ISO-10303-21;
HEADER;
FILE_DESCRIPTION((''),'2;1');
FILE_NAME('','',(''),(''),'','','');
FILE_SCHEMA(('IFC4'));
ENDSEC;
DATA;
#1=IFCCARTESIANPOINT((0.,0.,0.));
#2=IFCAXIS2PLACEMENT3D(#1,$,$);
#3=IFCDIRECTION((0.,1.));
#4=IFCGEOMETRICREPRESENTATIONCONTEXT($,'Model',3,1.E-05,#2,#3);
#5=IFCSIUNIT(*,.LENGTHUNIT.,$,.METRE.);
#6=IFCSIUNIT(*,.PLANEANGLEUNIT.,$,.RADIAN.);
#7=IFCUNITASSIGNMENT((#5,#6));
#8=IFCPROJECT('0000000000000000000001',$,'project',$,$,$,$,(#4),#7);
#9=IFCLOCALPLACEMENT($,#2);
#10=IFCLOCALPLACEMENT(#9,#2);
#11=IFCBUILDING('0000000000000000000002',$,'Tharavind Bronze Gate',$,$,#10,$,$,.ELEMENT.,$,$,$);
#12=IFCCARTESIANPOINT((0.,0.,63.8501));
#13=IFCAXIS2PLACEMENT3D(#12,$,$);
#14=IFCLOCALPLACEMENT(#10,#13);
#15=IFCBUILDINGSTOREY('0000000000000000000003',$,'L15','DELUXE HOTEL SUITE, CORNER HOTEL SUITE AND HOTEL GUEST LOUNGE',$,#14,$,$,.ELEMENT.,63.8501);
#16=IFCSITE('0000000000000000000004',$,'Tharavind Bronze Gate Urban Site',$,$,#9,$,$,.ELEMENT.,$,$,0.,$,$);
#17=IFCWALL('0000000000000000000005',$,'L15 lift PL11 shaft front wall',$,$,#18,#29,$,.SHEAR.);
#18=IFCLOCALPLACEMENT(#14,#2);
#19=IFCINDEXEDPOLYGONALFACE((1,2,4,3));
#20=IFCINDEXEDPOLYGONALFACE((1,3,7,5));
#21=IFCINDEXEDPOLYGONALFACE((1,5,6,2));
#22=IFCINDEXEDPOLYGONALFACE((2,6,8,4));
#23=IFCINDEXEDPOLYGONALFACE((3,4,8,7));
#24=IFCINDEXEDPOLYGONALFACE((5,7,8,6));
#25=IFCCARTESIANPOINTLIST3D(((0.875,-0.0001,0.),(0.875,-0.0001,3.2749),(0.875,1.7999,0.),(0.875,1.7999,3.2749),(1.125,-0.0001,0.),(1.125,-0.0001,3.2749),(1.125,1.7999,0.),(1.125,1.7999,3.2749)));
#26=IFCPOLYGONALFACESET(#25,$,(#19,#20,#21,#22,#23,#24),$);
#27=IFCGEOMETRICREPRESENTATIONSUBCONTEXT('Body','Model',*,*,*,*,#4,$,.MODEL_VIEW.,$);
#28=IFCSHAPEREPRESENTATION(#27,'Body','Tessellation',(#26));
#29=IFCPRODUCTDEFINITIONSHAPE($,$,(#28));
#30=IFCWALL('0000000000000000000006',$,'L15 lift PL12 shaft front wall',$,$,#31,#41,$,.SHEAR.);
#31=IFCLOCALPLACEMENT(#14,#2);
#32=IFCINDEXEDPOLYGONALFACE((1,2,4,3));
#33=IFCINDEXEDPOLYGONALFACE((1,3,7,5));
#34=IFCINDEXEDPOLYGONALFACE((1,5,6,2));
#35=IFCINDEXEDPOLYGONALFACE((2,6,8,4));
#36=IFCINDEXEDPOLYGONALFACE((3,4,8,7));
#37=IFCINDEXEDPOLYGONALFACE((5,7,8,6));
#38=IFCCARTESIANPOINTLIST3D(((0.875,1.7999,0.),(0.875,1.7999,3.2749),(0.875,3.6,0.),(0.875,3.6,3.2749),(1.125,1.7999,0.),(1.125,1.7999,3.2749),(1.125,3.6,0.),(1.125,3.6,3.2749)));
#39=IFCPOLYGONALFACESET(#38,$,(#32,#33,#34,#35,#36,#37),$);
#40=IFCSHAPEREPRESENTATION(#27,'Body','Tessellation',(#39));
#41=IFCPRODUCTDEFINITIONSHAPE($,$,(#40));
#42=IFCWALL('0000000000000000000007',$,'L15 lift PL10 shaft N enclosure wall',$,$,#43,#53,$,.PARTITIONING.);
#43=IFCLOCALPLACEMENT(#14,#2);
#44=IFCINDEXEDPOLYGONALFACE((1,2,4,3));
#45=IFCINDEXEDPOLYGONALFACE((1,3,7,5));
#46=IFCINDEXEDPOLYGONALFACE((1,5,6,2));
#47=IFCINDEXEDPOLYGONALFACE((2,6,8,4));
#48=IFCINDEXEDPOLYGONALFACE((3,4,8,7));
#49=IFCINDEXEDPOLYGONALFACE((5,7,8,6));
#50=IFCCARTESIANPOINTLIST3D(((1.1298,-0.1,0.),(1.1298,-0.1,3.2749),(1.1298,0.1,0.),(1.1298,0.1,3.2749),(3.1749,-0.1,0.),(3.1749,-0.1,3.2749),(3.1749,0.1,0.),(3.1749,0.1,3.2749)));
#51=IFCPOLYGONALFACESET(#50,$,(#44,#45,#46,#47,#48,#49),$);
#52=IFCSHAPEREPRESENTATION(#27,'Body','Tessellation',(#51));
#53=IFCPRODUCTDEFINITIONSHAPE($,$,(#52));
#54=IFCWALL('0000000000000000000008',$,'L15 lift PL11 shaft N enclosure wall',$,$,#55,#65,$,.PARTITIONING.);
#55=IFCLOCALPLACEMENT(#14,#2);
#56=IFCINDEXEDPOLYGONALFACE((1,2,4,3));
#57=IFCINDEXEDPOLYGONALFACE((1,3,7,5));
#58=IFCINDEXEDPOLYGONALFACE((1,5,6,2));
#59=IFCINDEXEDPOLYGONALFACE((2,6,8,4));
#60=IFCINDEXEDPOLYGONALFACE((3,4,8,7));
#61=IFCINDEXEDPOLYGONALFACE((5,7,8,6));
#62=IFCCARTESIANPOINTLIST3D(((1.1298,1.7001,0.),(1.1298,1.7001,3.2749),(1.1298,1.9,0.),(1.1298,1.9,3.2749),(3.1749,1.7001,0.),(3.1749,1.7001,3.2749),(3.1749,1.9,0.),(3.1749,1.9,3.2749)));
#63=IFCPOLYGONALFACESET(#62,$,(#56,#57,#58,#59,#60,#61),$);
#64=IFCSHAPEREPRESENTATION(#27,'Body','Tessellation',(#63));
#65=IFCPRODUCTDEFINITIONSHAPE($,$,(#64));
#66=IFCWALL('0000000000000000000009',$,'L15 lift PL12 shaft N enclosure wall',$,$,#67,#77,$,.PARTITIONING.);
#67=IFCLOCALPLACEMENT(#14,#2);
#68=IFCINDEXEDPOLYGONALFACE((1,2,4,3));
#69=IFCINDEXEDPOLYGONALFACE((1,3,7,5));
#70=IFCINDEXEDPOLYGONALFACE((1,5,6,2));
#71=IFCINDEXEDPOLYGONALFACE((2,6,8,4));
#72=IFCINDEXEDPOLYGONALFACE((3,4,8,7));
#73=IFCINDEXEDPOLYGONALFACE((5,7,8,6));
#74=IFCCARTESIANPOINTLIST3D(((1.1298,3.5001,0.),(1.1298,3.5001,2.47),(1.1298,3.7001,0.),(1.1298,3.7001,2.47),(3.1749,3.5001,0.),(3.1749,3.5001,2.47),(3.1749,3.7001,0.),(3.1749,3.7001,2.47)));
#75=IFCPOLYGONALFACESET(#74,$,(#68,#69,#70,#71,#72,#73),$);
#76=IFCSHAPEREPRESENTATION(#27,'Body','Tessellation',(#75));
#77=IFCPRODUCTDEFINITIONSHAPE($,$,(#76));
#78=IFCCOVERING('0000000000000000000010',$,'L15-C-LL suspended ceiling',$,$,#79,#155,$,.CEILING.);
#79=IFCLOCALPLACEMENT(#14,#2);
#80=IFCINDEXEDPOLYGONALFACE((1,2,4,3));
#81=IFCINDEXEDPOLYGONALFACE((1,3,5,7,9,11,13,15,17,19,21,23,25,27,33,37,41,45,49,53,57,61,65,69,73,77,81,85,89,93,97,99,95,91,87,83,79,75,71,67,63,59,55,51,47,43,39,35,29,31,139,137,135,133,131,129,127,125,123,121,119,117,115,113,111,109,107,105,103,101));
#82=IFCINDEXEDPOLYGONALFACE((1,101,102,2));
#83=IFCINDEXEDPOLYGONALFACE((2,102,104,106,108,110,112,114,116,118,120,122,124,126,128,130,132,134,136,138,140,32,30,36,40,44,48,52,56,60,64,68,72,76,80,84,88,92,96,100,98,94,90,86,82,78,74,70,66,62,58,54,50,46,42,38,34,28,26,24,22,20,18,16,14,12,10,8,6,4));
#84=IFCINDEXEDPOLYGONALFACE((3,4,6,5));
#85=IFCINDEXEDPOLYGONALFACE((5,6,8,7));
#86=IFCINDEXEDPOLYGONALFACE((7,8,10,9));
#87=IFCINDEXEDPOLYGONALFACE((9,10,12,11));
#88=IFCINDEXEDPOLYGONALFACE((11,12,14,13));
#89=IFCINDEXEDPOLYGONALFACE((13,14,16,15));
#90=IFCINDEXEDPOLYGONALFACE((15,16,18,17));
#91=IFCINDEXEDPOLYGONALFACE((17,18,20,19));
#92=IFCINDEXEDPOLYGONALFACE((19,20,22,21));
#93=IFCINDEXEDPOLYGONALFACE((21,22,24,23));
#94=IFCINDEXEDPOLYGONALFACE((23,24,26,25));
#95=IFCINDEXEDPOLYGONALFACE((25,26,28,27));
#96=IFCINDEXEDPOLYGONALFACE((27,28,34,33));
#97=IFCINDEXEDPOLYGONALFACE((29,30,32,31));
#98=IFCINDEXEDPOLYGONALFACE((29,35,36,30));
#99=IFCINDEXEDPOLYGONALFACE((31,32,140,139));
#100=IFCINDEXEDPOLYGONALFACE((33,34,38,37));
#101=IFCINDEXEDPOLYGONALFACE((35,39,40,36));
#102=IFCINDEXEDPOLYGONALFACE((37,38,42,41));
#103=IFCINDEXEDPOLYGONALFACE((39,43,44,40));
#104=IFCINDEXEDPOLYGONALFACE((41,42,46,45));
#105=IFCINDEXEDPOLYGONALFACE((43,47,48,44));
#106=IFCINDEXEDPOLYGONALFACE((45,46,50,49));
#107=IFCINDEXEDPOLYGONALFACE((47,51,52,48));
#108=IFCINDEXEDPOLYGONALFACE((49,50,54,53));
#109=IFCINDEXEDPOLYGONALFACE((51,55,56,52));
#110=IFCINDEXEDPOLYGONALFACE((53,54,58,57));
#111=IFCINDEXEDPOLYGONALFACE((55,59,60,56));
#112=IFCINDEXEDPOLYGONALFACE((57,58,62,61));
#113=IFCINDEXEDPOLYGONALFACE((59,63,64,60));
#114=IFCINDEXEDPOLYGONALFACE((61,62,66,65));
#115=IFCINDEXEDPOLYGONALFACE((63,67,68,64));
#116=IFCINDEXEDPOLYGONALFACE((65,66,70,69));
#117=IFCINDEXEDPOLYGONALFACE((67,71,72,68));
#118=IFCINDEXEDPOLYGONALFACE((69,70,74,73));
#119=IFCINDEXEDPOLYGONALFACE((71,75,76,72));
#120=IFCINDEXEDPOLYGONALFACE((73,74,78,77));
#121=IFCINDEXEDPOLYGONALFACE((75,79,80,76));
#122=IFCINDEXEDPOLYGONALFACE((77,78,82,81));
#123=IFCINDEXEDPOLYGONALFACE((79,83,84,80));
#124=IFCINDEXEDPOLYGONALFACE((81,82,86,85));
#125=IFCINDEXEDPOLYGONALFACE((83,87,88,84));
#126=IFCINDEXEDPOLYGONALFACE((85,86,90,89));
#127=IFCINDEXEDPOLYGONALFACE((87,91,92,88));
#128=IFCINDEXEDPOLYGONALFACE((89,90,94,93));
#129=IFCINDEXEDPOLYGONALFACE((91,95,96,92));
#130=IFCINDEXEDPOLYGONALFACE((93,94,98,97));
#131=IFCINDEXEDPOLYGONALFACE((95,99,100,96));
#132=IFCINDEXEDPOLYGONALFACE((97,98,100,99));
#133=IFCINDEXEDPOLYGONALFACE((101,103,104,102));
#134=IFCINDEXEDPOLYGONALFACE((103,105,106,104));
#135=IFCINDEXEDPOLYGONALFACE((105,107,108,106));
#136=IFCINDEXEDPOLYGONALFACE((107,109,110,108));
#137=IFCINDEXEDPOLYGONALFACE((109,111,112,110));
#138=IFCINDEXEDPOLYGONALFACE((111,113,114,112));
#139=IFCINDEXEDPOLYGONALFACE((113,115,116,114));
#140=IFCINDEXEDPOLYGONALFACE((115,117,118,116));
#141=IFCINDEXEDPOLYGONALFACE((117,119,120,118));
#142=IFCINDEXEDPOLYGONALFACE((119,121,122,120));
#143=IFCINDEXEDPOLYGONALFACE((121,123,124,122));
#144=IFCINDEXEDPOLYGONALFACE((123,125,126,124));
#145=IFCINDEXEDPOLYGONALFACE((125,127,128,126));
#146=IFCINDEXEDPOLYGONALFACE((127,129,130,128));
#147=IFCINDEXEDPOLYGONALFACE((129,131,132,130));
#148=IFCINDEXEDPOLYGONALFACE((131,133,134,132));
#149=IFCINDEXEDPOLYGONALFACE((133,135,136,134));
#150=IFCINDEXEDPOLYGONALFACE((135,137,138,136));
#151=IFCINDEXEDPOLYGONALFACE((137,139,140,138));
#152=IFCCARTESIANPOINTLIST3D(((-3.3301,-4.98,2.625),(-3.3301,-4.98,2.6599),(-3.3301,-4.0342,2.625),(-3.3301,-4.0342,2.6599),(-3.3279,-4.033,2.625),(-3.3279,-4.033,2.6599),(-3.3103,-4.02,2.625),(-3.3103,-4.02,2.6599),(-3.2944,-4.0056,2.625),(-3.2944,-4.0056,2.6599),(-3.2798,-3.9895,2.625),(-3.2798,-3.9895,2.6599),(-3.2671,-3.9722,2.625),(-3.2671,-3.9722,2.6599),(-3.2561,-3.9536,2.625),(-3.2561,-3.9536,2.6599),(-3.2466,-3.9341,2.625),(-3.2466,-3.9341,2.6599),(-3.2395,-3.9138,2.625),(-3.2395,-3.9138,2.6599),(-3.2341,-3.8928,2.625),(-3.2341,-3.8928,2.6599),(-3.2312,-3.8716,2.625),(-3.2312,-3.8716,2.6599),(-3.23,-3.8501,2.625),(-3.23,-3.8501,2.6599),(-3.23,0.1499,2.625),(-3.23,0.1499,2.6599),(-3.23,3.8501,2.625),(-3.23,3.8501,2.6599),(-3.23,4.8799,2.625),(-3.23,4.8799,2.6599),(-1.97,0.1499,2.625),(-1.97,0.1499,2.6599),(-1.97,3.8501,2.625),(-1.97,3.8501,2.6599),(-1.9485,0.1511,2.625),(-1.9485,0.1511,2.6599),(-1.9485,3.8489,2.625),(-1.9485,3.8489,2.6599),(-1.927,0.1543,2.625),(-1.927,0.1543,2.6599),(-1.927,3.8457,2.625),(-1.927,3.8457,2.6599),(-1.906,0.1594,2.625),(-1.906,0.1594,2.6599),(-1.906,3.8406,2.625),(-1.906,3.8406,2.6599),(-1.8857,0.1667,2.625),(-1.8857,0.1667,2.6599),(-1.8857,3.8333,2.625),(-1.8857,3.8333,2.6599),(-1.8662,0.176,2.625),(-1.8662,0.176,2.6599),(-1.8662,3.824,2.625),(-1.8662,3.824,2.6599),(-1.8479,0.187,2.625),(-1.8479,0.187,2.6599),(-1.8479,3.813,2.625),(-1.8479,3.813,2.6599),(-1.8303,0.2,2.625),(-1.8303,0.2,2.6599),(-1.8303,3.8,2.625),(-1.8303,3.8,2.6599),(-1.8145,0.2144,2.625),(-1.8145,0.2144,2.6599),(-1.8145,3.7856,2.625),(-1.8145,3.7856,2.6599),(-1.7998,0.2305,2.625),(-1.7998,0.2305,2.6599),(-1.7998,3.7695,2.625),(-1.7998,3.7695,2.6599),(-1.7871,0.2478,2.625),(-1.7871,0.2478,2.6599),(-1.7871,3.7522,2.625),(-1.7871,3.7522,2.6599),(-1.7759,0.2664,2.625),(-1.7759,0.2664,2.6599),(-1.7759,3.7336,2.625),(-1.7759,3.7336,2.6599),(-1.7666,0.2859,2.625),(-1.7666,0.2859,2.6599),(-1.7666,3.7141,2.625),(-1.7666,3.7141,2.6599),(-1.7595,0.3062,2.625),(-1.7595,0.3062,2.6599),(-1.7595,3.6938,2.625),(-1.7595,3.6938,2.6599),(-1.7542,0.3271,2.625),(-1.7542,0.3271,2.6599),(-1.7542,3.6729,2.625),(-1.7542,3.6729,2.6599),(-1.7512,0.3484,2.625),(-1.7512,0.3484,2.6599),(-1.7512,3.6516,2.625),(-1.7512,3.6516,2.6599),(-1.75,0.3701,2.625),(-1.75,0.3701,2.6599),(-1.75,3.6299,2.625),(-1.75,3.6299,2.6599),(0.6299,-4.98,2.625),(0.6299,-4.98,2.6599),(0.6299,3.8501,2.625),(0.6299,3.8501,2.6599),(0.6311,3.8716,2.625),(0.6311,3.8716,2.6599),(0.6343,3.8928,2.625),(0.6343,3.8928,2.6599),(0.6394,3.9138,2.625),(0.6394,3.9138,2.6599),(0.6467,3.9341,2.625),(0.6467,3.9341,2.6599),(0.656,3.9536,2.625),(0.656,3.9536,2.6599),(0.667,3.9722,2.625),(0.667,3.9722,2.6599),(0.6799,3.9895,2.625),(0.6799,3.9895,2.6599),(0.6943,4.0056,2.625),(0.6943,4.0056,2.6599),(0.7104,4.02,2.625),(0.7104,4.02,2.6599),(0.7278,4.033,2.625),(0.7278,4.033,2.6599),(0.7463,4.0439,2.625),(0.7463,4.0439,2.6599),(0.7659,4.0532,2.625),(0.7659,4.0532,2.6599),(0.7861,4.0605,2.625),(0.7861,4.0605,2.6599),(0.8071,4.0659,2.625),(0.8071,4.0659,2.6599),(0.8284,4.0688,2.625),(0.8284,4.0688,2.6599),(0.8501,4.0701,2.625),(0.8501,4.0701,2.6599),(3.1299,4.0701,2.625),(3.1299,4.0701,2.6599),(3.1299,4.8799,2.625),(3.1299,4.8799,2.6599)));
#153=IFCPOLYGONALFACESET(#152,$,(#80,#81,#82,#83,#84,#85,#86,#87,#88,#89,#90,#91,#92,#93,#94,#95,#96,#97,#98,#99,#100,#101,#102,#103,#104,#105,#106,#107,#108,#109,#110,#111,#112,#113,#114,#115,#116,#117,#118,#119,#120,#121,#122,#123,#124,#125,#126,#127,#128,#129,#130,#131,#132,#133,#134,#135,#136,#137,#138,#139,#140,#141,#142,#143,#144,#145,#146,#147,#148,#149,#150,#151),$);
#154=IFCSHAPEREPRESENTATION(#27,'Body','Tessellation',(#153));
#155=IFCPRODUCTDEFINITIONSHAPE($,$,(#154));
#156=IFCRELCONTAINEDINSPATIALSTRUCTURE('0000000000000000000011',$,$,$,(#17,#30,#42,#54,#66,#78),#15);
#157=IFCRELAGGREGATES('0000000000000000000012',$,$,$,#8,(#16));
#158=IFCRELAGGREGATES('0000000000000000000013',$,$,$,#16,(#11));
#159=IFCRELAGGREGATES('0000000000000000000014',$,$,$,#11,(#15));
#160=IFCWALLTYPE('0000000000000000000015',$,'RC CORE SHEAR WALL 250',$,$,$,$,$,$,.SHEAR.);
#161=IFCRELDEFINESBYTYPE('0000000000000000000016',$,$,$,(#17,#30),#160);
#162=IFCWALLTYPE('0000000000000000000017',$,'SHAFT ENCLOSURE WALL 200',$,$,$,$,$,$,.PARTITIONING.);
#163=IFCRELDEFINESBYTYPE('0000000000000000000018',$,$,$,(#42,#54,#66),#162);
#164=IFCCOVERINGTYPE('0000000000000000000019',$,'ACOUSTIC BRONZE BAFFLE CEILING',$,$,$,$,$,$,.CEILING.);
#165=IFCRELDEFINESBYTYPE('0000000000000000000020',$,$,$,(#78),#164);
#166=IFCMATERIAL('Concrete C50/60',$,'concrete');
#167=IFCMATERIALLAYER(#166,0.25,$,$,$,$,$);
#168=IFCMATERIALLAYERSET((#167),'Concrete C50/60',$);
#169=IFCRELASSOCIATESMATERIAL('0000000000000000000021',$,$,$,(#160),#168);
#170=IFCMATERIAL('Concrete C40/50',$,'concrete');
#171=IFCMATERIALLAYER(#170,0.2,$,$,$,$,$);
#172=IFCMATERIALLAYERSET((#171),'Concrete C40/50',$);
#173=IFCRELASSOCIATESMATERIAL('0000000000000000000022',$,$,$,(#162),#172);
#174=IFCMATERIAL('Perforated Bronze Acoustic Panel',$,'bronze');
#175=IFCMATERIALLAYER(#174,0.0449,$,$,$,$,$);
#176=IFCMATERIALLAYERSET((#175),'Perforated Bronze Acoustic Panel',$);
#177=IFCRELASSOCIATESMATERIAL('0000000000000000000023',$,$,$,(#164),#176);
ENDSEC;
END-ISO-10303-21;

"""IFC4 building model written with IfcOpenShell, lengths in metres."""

from ifc_helpers import new_model, si_unit, direction, frame, frame_2d, origin, place, context, subcontext, project, spatial, polyline, rectangle, outline, extrude, material, layer, layer_set, type_object, element, save


model = new_model("IFC4")

# Units and contexts
model_context = context("Model", 3, precision=1e-05, world=origin(), true_north=direction((0.0, 1.0)))
body_context = subcontext(model_context, "Body", "Model", "MODEL_VIEW")
ifc_project = project(units=[si_unit("LENGTHUNIT", "METRE"), si_unit("PLANEANGLEUNIT", "RADIAN")], contexts=[model_context])

# Site, building, storey
site_placement = place(None, origin())
site = spatial("IfcSite", under=ifc_project, at=site_placement, Name="Tharavind Bronze Gate Urban Site", CompositionType="ELEMENT", RefElevation=0.0)
building_placement = place(site_placement, origin())
building = spatial("IfcBuilding", under=site, at=building_placement, Name="Tharavind Bronze Gate", CompositionType="ELEMENT")
storey_placement = place(building_placement, frame((0.0, 0.0, 63.8501)))
storey = spatial("IfcBuildingStorey", under=building, at=storey_placement, Name="L15", Description="DELUXE HOTEL SUITE, CORNER HOTEL SUITE AND HOTEL GUEST LOUNGE", CompositionType="ELEMENT", Elevation=63.8501)

# Walls
ifc_material_1 = material(Name="Concrete C50/60", Category="concrete")
ifc_layer_1 = layer(ifc_material_1, 0.25)
ifc_layer_set_1 = layer_set([ifc_layer_1], Name="Concrete C50/60")
wall_type_1 = type_object("IfcWallType", Name="RC CORE SHEAR WALL 250", PredefinedType="SHEAR", material=ifc_layer_set_1)
for number, where, z_axis, x_axis, name in (
    (1, (1.0, 0.0, 0.0), (0.0, 0.0, 1.0), (0.0, 1.0, 0.0), "L15 lift PL11 shaft front wall"),
    (2, (1.0, 1.8, 0.0), (0.0, 0.0, 1.0), (0.0, 1.0, 0.0), "L15 lift PL12 shaft front wall"),
):
    element("IfcWall", number, at=place(storey_placement, frame(where, z_axis=z_axis, x_axis=x_axis)), inside=storey, type_object=wall_type_1, Name=name, PredefinedType="SHEAR", context=body_context, shape_type="SweptSolid", body=[
        extrude(rectangle(XDim=1.8, YDim=0.25, at=frame_2d((0.8999, 0.0))), origin(), (0.0, 0.0, 1.0), 3.2749),
    ])
ifc_material_2 = material(Name="Concrete C40/50", Category="concrete")
ifc_layer_2 = layer(ifc_material_2, 0.2)
ifc_layer_set_2 = layer_set([ifc_layer_2], Name="Concrete C40/50")
wall_type_2 = type_object("IfcWallType", Name="SHAFT ENCLOSURE WALL 200", PredefinedType="PARTITIONING", material=ifc_layer_set_2)
for number, where, z_axis, x_axis, name in (
    (3, (1.1299, 0.0, 0.0), (0.0, 0.0, 1.0), (1.0, 0.0, 0.0), "L15 lift PL10 shaft N enclosure wall"),
    (4, (1.1299, 1.8, 0.0), (0.0, 0.0, 1.0), (1.0, 0.0, 0.0), "L15 lift PL11 shaft N enclosure wall"),
):
    element("IfcWall", number, at=place(storey_placement, frame(where, z_axis=z_axis, x_axis=x_axis)), inside=storey, type_object=wall_type_2, Name=name, PredefinedType="PARTITIONING", context=body_context, shape_type="SweptSolid", body=[
        extrude(rectangle(XDim=2.0452, YDim=0.2, at=frame_2d((1.0225, 0.0))), origin(), (0.0, 0.0, 1.0), 3.2749),
    ])
wall_placement = place(storey_placement, frame((1.1299, 3.6001, 0.0), z_axis=(0.0, 0.0, 1.0), x_axis=(1.0, 0.0, 0.0)))
element("IfcWall", 5, at=wall_placement, inside=storey, type_object=wall_type_2, Name="L15 lift PL12 shaft N enclosure wall", PredefinedType="PARTITIONING", context=body_context, shape_type="SweptSolid", body=[
    extrude(rectangle(XDim=2.0452, YDim=0.2, at=frame_2d((1.0225, 0.0))), origin(), (0.0, 0.0, 1.0), 2.47),
])

# Covering
ifc_material_3 = material(Name="Perforated Bronze Acoustic Panel", Category="bronze")
ifc_layer_3 = layer(ifc_material_3, 0.0449)
ifc_layer_set_3 = layer_set([ifc_layer_3], Name="Perforated Bronze Acoustic Panel")
covering_type_1 = type_object("IfcCoveringType", Name="ACOUSTIC BRONZE BAFFLE CEILING", PredefinedType="CEILING", material=ifc_layer_set_3)
covering_1_placement = place(storey_placement, frame((0.0, 0.0, 2.625)))
element("IfcCovering", 6, at=covering_1_placement, inside=storey, type_object=covering_type_1, Name="L15-C-LL suspended ceiling", PredefinedType="CEILING", context=body_context, shape_type="SweptSolid", body=[
    extrude(outline(polyline([(-3.3301, -4.98), (0.6299, -4.98), (0.6299, 3.8501), (0.6311, 3.8716), (0.6343, 3.8928), (0.6394, 3.9138), (0.6467, 3.9341), (0.656, 3.9536), (0.667, 3.9722), (0.6799, 3.9895), (0.6943, 4.0056), (0.7104, 4.02), (0.7278, 4.033), (0.7463, 4.0439), (0.7659, 4.0532), (0.7861, 4.0605), (0.8071, 4.0659), (0.8284, 4.0688), (0.8501, 4.0701), (3.1299, 4.0701), (3.1299, 4.8799), (-3.23, 4.8799), (-3.23, 3.8501), (-1.97, 3.8501), (-1.9485, 3.8489), (-1.927, 3.8457), (-1.906, 3.8406), (-1.8857, 3.8333), (-1.8662, 3.824), (-1.8479, 3.813), (-1.8303, 3.8), (-1.8145, 3.7856), (-1.7998, 3.7695), (-1.7871, 3.7522), (-1.7759, 3.7336), (-1.7666, 3.7141), (-1.7595, 3.6938), (-1.7542, 3.6729), (-1.7512, 3.6516), (-1.75, 3.6299), (-1.75, 0.3701), (-1.7512, 0.3484), (-1.7542, 0.3271), (-1.7595, 0.3062), (-1.7666, 0.2859), (-1.7759, 0.2664), (-1.7871, 0.2478), (-1.7998, 0.2305), (-1.8145, 0.2144), (-1.8303, 0.2), (-1.8479, 0.187), (-1.8662, 0.176), (-1.8857, 0.1667), (-1.906, 0.1594), (-1.927, 0.1543), (-1.9485, 0.1511), (-1.97, 0.1499), (-3.23, 0.1499), (-3.23, -3.8501), (-3.2312, -3.8716), (-3.2341, -3.8928), (-3.2395, -3.9138), (-3.2466, -3.9341), (-3.2561, -3.9536), (-3.2671, -3.9722), (-3.2798, -3.9895), (-3.2944, -4.0056), (-3.3103, -4.02), (-3.3279, -4.033), (-3.3301, -4.0342), (-3.3301, -4.98)])), origin(), (0.0, 0.0, 1.0), 0.0349),
])

save(model, "model.ifc")
